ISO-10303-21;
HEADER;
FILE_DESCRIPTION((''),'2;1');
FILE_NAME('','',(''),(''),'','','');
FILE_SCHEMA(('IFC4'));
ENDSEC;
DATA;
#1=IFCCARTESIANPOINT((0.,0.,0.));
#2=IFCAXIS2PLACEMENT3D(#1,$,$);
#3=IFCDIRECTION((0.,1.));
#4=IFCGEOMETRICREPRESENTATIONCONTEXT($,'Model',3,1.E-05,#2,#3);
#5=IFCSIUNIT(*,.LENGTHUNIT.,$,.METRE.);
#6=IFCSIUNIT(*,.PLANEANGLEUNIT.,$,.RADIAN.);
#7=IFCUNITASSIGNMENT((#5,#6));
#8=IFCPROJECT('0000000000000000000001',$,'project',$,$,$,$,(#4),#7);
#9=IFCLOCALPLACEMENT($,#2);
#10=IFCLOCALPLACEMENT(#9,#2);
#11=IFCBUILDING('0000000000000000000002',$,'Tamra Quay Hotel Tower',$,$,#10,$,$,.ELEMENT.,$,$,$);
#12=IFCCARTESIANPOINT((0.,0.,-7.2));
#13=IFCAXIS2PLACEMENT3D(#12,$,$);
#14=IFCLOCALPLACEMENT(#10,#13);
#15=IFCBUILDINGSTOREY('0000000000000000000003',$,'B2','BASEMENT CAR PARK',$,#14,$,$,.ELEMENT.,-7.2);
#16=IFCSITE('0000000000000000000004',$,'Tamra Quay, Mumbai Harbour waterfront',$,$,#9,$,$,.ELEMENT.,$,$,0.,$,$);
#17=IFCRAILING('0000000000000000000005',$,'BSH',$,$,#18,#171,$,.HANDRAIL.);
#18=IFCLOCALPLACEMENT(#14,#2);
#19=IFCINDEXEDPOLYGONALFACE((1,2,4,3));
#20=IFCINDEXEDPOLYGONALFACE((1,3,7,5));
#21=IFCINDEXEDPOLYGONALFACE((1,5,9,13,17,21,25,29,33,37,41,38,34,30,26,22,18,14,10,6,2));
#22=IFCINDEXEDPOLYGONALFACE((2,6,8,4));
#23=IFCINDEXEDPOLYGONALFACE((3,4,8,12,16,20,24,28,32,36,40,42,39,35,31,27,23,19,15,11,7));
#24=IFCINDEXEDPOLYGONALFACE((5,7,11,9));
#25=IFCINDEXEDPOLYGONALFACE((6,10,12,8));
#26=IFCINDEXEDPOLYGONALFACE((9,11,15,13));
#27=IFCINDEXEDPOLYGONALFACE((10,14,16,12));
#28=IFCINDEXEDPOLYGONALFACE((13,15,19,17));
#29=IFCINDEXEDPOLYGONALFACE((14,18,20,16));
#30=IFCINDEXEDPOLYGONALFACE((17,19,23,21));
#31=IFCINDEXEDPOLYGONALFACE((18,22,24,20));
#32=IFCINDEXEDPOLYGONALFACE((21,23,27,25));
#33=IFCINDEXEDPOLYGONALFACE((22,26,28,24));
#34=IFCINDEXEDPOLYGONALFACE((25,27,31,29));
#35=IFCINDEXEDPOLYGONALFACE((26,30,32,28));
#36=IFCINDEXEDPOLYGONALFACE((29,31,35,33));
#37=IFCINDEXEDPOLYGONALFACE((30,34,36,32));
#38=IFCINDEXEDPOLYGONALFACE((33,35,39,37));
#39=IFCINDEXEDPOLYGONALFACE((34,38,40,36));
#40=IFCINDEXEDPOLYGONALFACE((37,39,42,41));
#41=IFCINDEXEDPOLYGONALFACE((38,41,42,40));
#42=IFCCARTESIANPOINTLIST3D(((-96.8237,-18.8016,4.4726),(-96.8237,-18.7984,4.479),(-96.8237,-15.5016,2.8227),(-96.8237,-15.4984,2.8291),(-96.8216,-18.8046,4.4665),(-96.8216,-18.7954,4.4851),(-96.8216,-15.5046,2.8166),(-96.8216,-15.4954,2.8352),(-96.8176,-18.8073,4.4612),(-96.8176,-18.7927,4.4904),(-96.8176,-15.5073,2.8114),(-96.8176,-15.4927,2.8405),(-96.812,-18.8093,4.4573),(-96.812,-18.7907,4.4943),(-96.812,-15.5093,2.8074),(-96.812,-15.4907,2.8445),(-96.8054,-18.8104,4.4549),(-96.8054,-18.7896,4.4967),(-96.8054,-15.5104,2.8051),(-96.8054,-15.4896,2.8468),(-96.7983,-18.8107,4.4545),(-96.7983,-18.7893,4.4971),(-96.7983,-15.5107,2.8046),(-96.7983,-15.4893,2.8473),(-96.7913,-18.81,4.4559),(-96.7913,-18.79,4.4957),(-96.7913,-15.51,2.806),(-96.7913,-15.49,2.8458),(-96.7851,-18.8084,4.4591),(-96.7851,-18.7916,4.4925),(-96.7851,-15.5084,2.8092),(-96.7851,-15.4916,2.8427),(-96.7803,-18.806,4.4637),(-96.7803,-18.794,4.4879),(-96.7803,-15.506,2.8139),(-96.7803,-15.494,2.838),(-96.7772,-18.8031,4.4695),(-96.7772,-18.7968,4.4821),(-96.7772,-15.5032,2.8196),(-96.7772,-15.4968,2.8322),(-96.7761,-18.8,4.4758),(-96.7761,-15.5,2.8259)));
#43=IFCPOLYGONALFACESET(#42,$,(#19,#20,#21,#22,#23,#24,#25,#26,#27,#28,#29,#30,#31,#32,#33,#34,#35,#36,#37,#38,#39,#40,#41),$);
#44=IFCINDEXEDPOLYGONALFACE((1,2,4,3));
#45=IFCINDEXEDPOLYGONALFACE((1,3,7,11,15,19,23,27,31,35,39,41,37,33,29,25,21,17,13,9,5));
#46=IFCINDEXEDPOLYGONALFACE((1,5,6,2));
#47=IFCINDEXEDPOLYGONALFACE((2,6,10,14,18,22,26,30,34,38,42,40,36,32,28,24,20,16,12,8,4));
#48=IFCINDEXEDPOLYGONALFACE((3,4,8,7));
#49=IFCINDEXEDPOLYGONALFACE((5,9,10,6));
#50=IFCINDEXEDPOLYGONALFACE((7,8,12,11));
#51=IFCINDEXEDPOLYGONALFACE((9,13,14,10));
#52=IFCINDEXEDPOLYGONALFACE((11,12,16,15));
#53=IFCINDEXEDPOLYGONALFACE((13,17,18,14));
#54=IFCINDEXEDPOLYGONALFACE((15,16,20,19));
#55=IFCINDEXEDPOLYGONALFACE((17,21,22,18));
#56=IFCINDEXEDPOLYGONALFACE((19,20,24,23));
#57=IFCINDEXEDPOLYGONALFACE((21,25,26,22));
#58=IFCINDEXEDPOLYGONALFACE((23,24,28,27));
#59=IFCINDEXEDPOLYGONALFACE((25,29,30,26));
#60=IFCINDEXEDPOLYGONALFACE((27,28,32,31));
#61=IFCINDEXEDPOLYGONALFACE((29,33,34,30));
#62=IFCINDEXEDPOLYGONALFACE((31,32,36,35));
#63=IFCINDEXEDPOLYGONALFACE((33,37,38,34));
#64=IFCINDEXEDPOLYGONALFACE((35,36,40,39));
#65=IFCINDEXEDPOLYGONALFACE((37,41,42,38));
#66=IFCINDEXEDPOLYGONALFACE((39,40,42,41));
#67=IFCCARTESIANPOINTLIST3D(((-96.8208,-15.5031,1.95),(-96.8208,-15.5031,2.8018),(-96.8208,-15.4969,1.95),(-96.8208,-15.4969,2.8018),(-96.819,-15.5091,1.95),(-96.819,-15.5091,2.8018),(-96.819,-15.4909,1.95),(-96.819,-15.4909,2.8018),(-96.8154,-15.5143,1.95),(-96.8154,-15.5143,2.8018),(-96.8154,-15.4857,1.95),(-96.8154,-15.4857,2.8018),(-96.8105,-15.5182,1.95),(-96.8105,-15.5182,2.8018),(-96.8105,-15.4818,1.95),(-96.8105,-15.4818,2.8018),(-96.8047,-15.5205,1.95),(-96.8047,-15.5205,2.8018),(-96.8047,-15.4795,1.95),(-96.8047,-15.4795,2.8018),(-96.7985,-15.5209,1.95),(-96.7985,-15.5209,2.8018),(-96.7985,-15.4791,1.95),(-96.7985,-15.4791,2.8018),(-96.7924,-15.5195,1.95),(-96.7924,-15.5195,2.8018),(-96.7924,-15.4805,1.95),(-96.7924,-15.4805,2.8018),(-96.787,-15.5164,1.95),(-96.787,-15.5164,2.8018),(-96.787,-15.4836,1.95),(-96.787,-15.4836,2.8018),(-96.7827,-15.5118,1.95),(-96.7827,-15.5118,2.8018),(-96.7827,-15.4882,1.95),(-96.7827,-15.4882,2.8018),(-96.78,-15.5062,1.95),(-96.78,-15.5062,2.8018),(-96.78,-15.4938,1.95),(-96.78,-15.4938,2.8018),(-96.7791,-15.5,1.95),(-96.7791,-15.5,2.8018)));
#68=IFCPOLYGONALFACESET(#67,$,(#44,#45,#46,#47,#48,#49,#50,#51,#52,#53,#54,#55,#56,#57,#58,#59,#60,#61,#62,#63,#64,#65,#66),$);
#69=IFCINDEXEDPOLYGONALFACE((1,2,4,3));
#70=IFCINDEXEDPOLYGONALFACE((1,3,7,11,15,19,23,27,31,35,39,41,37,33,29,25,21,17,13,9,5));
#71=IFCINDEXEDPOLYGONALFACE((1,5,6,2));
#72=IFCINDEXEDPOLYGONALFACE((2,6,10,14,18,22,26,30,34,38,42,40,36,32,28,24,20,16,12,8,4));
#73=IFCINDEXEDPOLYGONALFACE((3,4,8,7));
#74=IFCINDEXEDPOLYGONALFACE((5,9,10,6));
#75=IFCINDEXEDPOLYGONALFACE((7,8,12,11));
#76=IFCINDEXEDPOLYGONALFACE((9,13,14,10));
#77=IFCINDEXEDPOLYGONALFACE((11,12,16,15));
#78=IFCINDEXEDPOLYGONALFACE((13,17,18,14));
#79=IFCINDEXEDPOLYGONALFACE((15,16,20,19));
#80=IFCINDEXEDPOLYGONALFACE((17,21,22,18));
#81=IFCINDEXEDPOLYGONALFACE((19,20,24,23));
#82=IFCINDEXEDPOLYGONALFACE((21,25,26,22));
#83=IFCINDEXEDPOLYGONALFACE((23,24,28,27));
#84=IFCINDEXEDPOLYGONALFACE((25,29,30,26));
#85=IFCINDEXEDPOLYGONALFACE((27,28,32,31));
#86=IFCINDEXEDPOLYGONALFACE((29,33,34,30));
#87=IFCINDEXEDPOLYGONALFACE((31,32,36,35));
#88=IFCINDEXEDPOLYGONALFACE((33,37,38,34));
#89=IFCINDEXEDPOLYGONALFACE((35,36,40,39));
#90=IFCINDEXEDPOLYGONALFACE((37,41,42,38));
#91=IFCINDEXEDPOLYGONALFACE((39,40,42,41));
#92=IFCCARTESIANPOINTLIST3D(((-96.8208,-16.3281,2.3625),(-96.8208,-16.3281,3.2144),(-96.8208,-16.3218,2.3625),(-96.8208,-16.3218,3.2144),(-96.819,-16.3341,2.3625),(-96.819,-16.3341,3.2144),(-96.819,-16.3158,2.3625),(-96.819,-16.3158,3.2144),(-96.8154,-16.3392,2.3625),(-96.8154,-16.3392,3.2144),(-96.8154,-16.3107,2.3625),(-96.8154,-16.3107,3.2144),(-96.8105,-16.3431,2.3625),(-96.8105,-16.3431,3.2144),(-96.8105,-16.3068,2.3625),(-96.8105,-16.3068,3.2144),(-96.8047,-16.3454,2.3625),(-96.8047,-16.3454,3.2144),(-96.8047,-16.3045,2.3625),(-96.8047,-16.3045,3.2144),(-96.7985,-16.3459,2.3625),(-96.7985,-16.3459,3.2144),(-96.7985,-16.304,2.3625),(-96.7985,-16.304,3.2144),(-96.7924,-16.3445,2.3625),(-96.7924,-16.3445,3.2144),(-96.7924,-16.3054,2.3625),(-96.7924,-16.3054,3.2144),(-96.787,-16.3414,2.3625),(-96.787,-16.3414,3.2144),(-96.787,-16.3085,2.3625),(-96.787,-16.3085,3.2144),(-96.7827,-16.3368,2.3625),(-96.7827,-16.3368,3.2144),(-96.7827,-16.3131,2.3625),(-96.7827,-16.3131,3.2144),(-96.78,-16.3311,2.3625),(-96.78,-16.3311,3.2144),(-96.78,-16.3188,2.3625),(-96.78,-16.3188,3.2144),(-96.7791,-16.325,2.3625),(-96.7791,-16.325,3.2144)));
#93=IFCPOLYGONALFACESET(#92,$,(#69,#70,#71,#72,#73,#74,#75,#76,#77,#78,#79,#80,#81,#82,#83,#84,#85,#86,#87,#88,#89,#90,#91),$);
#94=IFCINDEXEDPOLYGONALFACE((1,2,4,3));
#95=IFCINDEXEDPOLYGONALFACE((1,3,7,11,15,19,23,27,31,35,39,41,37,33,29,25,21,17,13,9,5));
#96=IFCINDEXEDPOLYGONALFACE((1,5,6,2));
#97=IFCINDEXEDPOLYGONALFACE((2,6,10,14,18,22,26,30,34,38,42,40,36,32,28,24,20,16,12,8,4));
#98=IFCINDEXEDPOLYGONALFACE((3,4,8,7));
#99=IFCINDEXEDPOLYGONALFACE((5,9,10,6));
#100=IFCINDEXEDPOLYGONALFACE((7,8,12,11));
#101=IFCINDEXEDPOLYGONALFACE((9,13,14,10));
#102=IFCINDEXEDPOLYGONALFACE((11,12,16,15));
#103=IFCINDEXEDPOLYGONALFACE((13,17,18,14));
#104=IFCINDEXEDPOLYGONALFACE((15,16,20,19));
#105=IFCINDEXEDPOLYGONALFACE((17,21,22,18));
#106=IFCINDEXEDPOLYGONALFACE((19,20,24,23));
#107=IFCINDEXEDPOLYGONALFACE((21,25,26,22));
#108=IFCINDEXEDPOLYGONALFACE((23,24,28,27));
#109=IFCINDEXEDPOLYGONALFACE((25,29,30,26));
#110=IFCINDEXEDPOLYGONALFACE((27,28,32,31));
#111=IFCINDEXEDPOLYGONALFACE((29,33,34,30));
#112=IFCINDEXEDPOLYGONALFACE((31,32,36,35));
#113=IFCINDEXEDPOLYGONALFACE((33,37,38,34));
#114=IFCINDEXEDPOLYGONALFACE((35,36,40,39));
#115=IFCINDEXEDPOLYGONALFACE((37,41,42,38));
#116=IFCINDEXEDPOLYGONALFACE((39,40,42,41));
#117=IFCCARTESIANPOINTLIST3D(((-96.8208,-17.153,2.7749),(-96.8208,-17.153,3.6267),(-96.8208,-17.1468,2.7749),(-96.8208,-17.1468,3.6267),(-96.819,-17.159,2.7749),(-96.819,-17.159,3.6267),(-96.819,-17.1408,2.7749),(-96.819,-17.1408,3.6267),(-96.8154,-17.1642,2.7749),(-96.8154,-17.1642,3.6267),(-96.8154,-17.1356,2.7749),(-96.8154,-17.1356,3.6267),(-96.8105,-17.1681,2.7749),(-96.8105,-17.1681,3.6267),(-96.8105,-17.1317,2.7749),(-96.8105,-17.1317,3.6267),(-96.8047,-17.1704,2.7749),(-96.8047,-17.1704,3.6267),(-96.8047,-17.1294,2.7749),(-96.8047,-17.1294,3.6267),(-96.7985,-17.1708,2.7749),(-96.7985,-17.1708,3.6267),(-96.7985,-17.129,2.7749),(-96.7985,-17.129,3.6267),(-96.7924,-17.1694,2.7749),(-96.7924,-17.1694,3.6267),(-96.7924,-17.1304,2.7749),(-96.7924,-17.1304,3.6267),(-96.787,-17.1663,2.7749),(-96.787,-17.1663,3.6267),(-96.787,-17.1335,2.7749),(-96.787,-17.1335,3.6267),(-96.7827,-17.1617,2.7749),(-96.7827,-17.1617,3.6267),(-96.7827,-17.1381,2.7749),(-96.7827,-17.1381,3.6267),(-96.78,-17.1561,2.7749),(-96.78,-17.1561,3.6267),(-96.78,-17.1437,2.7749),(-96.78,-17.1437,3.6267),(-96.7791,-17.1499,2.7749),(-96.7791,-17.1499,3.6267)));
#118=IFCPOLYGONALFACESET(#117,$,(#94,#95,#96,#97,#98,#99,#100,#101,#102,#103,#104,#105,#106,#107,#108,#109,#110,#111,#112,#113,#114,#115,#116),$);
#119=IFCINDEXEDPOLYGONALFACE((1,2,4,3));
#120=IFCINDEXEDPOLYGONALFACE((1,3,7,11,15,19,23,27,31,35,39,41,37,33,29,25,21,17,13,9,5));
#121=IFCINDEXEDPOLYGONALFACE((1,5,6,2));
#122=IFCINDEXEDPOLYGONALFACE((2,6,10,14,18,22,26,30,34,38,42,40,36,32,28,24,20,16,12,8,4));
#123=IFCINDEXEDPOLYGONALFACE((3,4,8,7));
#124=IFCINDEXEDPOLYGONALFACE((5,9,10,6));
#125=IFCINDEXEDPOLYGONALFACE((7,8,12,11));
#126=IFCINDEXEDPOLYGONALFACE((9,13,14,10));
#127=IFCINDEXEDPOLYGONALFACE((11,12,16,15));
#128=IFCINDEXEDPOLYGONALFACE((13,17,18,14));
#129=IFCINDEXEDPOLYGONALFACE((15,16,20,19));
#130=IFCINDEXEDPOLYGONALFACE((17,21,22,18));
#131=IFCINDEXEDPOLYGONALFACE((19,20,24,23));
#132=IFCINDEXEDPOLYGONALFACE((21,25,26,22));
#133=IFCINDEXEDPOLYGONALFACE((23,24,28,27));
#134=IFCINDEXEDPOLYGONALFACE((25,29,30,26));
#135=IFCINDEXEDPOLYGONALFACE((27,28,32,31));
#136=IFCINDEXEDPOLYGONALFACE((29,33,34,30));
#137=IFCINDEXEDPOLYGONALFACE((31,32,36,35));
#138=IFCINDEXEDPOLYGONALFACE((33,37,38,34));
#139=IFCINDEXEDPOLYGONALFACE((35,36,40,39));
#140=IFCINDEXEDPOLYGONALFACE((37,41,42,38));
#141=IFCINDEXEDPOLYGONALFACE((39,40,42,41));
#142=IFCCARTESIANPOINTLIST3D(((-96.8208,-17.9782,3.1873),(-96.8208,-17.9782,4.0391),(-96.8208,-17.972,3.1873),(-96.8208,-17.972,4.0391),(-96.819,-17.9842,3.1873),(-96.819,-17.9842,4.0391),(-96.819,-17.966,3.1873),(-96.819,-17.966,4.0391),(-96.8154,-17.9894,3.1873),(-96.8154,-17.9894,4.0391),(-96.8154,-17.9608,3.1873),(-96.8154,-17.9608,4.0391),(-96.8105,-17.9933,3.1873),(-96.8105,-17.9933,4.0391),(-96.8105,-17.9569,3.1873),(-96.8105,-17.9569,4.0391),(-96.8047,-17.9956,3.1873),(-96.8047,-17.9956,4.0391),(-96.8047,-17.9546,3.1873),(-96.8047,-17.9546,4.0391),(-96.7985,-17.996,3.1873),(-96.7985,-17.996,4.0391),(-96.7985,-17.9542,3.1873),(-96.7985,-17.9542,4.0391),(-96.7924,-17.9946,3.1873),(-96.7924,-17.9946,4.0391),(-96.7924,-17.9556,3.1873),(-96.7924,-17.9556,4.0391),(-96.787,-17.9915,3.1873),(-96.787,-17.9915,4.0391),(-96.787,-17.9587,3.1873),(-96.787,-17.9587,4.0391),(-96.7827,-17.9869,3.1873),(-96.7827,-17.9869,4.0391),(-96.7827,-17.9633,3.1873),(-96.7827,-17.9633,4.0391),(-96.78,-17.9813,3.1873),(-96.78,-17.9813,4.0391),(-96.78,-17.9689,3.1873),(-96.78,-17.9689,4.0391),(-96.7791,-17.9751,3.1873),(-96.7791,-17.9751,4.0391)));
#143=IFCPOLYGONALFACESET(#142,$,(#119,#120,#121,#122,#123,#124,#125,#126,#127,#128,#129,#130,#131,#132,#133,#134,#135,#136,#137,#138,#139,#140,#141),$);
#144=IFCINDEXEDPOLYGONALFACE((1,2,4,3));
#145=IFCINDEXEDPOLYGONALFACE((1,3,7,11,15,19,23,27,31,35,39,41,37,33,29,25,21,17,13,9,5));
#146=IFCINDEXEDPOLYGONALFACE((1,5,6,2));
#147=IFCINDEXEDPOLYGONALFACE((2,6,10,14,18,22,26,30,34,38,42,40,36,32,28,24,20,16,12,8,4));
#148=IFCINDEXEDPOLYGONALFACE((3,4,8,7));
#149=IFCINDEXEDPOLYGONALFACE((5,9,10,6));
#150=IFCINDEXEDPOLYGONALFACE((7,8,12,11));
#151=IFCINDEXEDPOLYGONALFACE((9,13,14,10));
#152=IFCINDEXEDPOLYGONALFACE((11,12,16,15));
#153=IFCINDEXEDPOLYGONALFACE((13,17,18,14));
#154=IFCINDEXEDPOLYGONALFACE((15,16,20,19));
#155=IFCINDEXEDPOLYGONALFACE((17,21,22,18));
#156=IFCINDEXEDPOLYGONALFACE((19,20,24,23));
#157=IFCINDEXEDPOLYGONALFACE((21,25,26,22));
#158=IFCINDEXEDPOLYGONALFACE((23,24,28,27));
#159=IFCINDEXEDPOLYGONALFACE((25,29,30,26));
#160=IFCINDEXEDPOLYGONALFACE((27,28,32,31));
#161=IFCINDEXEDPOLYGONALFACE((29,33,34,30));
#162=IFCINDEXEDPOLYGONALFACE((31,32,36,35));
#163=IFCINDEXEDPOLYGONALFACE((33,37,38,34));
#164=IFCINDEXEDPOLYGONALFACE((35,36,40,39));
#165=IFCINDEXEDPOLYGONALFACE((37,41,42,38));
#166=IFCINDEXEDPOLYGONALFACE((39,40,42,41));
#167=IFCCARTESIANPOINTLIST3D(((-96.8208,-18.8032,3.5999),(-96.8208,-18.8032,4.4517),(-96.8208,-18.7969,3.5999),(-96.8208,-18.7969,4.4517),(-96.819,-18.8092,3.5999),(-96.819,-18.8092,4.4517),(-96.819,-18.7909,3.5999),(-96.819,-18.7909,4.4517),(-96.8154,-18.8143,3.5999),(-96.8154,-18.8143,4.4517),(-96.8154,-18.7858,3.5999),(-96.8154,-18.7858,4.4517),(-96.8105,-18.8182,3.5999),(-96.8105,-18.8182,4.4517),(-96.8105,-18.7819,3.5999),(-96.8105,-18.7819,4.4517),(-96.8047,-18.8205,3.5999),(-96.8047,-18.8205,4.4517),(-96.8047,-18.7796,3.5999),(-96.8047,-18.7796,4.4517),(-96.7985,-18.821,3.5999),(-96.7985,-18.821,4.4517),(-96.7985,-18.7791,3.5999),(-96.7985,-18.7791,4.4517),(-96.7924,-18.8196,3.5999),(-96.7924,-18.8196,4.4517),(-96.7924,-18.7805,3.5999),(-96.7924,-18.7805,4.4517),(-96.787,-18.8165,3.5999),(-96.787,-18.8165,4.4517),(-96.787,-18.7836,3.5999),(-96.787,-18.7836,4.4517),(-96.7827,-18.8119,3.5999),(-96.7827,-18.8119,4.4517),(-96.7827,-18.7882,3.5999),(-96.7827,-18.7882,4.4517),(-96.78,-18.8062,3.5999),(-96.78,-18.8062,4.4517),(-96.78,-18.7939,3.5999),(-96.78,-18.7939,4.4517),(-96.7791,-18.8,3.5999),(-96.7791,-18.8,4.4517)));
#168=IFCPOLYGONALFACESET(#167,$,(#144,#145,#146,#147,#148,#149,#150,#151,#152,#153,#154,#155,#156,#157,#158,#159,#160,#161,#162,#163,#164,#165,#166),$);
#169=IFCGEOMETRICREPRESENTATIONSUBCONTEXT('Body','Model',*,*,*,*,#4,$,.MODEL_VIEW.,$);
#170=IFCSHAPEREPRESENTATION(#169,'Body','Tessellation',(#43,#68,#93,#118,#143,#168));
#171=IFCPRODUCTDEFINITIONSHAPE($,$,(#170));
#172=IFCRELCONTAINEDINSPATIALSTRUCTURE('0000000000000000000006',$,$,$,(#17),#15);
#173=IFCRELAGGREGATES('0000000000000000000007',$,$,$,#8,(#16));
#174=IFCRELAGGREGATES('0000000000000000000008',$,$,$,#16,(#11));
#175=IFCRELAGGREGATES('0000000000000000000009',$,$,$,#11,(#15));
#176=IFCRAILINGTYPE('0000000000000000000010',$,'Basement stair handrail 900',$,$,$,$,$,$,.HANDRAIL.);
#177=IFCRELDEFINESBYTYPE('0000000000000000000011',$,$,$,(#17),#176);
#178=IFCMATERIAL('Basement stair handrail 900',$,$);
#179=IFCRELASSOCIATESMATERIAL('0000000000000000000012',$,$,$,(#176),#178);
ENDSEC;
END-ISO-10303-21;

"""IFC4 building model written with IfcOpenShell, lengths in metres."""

from ifc_helpers import new_model, si_unit, direction, frame, origin, origin_2d, place, context, subcontext, project, spatial, circle, extrude, material, type_object, element, save


model = new_model("IFC4")

# Units and contexts
model_context = context("Model", 3, precision=1e-05, world=origin(), true_north=direction((0.0, 1.0)))
body_context = subcontext(model_context, "Body", "Model", "MODEL_VIEW")
ifc_project = project(units=[si_unit("LENGTHUNIT", "METRE"), si_unit("PLANEANGLEUNIT", "RADIAN")], contexts=[model_context])

# Site, building, storey
site_placement = place(None, origin())
site = spatial("IfcSite", under=ifc_project, at=site_placement, Name="Tamra Quay, Mumbai Harbour waterfront", CompositionType="ELEMENT", RefElevation=0.0)
building_placement = place(site_placement, origin())
building = spatial("IfcBuilding", under=site, at=building_placement, Name="Tamra Quay Hotel Tower", CompositionType="ELEMENT")
storey_placement = place(building_placement, frame((0.0, 0.0, -7.2)))
storey = spatial("IfcBuildingStorey", under=building, at=storey_placement, Name="B2", Description="BASEMENT CAR PARK", CompositionType="ELEMENT", Elevation=-7.2)

# Railing
ifc_material_1 = material(Name="Basement stair handrail 900")
railing_type_1 = type_object("IfcRailingType", Name="Basement stair handrail 900", PredefinedType="HANDRAIL", material=ifc_material_1)
railing_1_placement = place(storey_placement, frame((-96.8, -15.5, 1.95)))
element("IfcRailing", 1, at=railing_1_placement, inside=storey, type_object=railing_type_1, Name="BSH", PredefinedType="HANDRAIL", context=body_context, shape_type="SweptSolid", body=[
    extrude(circle(Radius=0.0239, at=origin_2d()), frame((0.0, 0.0, 0.876), z_axis=(0.0, -0.89444, 0.447187), x_axis=(1.0, 0.0, 0.0)), (0.0, 0.0, 1.0), 3.6895),
    extrude(circle(Radius=0.021, at=origin_2d()), origin(), (0.0, 0.0, 1.0), 0.8518),
    extrude(circle(Radius=0.021, at=origin_2d()), frame((0.0, -0.825, 0.4126)), (0.0, 0.0, 1.0), 0.8518),
    extrude(circle(Radius=0.021, at=origin_2d()), frame((0.0, -1.6499, 0.825)), (0.0, 0.0, 1.0), 0.8518),
    extrude(circle(Radius=0.021, at=origin_2d()), frame((0.0, -2.4751, 1.2373)), (0.0, 0.0, 1.0), 0.8518),
    extrude(circle(Radius=0.021, at=origin_2d()), frame((0.0, -3.3, 1.6499)), (0.0, 0.0, 1.0), 0.8518),
])

save(model, "model.ifc")
